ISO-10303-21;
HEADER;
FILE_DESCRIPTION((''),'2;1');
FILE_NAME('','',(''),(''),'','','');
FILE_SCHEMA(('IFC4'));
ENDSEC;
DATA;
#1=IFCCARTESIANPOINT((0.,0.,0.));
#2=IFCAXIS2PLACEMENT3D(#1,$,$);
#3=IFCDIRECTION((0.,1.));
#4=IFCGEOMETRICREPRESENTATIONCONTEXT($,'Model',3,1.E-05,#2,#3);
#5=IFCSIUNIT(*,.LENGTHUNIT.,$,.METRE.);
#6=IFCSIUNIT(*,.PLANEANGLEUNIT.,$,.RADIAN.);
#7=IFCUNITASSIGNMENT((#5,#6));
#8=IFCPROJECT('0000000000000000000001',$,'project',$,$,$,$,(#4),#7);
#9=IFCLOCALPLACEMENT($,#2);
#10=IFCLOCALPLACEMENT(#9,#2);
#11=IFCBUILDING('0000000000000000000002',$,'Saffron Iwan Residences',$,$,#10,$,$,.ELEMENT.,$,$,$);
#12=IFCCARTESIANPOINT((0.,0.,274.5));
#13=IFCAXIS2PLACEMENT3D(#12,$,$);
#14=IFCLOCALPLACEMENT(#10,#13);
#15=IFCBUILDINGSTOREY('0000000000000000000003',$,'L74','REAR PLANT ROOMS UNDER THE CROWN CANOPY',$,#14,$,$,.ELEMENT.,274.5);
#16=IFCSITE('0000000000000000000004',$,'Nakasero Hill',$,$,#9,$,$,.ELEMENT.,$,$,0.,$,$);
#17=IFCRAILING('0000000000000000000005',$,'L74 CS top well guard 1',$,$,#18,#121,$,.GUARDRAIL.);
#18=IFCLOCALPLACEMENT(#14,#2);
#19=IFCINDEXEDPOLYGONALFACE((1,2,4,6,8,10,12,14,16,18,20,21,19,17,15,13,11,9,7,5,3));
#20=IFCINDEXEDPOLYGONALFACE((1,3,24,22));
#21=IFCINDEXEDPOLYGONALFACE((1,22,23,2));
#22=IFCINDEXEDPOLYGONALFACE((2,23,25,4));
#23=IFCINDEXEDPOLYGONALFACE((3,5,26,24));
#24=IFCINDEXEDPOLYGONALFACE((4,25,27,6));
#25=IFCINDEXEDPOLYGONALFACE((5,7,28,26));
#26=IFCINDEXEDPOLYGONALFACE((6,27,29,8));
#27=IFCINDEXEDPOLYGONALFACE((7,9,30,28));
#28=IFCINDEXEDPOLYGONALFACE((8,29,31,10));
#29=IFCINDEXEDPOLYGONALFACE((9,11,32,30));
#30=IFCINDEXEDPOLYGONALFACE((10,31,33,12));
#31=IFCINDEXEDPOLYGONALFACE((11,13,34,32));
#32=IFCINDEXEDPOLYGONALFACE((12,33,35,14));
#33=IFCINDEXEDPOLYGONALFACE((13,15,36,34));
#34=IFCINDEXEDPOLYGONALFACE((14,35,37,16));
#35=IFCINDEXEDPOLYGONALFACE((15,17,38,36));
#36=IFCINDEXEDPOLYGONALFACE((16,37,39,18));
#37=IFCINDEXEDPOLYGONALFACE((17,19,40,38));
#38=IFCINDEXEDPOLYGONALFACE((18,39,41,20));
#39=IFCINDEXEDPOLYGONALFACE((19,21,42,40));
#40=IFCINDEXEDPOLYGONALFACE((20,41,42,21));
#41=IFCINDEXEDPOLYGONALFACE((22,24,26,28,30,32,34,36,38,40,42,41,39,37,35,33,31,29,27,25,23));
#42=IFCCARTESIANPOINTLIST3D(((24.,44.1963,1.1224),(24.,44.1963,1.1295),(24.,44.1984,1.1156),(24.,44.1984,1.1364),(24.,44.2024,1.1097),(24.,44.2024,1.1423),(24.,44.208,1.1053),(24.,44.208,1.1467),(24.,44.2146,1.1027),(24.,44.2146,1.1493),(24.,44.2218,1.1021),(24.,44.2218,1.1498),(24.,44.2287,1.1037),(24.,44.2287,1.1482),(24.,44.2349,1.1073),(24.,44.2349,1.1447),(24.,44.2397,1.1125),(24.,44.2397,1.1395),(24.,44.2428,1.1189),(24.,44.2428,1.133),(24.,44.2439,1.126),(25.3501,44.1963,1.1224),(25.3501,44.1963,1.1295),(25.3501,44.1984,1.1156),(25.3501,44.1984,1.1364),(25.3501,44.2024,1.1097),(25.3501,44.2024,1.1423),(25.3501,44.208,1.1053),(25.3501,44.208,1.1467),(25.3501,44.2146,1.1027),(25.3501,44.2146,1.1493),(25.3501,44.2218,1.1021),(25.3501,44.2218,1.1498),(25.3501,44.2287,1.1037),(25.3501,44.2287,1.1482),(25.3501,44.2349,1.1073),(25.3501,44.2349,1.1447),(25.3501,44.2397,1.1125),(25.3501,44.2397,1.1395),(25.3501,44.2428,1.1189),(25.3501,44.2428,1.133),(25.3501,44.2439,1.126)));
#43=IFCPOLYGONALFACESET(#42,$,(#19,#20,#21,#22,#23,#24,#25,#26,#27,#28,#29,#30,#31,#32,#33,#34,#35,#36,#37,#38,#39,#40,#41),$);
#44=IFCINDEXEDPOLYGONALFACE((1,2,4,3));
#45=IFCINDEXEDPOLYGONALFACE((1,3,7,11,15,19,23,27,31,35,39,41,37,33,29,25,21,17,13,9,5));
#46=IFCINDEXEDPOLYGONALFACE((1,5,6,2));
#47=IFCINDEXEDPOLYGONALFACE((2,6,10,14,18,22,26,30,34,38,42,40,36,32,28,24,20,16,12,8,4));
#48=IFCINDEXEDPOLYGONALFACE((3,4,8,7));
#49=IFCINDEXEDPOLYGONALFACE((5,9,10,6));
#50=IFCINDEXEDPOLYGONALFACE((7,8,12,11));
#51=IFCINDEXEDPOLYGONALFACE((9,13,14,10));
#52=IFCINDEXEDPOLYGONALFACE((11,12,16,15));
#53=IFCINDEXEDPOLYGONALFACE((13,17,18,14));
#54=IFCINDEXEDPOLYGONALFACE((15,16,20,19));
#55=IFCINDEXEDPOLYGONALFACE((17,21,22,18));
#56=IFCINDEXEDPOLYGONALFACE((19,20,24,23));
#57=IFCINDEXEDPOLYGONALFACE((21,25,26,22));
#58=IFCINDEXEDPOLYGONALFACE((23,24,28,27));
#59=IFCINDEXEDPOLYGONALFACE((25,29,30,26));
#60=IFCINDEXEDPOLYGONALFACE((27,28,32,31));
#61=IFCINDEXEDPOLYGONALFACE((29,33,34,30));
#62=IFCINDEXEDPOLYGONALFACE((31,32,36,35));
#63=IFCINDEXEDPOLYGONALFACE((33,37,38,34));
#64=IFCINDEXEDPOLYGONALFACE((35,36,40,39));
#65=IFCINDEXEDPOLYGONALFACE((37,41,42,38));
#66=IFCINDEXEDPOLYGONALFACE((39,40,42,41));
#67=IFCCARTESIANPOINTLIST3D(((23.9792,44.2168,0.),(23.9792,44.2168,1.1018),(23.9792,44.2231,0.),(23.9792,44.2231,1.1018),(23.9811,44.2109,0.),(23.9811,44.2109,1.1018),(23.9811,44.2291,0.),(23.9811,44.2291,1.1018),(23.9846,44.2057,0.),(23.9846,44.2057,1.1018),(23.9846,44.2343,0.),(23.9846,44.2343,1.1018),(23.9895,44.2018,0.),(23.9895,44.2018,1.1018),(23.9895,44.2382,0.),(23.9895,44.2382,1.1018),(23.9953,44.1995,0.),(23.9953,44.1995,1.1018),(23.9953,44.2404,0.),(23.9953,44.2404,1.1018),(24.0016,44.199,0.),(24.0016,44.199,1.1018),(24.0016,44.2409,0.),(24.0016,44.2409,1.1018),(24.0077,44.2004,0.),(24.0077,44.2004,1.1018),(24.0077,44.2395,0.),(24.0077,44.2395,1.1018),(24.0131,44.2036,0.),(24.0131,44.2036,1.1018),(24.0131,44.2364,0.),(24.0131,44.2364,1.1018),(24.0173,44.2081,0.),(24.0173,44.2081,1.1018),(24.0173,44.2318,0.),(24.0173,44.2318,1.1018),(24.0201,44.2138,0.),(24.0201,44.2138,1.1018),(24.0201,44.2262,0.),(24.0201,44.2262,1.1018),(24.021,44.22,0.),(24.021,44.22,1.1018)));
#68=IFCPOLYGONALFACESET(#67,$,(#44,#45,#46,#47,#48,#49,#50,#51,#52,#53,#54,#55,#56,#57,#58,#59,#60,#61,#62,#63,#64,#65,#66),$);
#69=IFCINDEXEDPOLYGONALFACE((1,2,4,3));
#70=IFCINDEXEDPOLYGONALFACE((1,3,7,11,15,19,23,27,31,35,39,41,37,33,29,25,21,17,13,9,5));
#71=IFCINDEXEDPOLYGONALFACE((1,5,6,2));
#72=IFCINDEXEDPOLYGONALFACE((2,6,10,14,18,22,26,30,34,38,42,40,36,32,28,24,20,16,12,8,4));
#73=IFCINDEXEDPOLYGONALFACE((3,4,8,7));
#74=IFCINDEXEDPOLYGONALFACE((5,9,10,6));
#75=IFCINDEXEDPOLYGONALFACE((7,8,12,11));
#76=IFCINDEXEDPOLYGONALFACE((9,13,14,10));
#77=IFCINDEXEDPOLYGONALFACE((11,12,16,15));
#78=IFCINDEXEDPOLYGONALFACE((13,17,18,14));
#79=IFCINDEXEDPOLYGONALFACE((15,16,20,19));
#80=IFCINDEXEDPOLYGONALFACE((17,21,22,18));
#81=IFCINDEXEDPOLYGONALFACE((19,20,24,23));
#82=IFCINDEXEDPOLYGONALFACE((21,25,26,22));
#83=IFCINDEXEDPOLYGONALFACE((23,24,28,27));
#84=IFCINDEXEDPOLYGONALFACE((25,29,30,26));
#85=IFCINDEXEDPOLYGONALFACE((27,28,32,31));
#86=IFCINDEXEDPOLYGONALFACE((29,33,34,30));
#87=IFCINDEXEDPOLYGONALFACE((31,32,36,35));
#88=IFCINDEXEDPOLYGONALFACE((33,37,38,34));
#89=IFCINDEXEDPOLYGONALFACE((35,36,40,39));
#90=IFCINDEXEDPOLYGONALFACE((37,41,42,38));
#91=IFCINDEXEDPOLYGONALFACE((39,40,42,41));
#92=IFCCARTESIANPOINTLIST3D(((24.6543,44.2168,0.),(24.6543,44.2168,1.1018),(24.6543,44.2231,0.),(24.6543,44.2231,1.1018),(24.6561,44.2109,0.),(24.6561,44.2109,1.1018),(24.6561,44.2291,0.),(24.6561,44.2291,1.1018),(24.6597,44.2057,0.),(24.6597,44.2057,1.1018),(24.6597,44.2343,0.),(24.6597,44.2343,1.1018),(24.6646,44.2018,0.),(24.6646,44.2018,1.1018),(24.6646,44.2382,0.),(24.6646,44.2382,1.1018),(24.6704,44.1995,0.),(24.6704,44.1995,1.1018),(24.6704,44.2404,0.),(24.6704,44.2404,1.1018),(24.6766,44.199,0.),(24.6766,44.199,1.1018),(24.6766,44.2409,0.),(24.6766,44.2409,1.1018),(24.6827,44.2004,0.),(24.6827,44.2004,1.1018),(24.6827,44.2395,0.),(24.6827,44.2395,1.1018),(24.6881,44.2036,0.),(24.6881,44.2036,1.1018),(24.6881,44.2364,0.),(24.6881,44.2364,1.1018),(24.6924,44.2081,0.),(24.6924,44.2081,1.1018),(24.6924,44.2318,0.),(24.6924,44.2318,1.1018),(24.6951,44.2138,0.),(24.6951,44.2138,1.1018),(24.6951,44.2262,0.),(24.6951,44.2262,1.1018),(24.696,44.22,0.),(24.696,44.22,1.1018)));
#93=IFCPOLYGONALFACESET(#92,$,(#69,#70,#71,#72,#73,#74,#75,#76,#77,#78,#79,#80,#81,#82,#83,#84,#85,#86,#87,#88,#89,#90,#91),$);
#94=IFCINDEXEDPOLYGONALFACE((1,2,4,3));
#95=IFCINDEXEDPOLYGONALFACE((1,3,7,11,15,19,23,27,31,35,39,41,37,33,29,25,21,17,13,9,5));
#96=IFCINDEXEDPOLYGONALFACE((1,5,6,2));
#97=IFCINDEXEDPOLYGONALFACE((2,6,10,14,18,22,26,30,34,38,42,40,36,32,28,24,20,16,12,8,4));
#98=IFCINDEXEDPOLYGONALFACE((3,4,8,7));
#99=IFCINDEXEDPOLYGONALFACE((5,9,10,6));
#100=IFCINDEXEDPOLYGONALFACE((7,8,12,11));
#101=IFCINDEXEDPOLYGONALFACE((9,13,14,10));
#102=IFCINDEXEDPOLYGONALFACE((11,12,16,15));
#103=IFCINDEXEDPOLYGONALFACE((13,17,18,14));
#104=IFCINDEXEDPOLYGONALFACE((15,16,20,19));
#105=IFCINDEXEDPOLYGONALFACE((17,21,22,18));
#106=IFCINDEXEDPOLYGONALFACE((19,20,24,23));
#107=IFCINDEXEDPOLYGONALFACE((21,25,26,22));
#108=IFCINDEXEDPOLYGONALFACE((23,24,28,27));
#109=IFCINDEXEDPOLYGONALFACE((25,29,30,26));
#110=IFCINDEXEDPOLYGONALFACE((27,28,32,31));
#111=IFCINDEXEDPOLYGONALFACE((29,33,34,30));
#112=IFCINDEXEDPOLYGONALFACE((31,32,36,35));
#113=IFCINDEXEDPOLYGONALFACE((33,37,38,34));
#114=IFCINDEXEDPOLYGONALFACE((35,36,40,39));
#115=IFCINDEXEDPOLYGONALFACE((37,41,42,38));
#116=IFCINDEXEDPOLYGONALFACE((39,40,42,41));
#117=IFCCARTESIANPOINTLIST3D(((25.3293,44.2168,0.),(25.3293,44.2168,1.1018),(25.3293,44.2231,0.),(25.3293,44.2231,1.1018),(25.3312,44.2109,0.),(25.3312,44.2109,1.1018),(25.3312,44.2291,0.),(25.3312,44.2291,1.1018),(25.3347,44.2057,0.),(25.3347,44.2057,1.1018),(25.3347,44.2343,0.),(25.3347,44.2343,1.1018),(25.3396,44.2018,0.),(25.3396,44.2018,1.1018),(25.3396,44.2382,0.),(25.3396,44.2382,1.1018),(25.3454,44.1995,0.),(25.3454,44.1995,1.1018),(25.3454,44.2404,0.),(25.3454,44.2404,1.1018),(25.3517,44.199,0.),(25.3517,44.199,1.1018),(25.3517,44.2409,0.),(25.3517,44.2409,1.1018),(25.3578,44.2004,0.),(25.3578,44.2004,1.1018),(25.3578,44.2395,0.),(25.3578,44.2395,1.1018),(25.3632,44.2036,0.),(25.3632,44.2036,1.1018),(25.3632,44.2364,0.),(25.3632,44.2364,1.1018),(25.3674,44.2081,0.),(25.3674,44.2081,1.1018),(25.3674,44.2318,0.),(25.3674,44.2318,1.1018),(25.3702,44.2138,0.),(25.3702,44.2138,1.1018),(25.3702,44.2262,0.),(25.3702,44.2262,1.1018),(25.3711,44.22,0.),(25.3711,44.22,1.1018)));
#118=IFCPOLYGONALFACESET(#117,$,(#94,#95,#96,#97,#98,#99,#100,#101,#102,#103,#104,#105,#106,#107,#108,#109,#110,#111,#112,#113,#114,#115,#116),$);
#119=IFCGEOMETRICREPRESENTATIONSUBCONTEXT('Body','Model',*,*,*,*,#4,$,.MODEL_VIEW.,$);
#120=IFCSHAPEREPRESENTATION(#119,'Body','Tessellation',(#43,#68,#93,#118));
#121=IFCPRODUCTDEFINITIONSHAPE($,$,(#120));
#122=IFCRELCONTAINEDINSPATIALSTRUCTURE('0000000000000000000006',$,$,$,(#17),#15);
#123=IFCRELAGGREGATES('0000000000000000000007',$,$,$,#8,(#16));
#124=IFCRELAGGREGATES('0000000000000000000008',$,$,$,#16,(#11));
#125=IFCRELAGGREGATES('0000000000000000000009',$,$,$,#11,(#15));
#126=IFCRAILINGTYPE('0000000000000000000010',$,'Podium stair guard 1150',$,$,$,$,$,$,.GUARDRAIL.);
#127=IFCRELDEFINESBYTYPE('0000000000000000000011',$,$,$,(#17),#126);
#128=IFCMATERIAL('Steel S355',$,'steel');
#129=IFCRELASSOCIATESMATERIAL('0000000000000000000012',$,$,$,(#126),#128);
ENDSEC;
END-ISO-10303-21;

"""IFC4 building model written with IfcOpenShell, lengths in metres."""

from ifc_helpers import new_model, si_unit, direction, frame, origin, origin_2d, place, context, subcontext, project, spatial, circle, extrude, material, type_object, element, save


model = new_model("IFC4")

# Units and contexts
model_context = context("Model", 3, precision=1e-05, world=origin(), true_north=direction((0.0, 1.0)))
body_context = subcontext(model_context, "Body", "Model", "MODEL_VIEW")
ifc_project = project(units=[si_unit("LENGTHUNIT", "METRE"), si_unit("PLANEANGLEUNIT", "RADIAN")], contexts=[model_context])

# Site, building, storey
site_placement = place(None, origin())
site = spatial("IfcSite", under=ifc_project, at=site_placement, Name="Nakasero Hill", CompositionType="ELEMENT", RefElevation=0.0)
building_placement = place(site_placement, origin())
building = spatial("IfcBuilding", under=site, at=building_placement, Name="Saffron Iwan Residences", CompositionType="ELEMENT")
storey_placement = place(building_placement, frame((0.0, 0.0, 274.5)))
storey = spatial("IfcBuildingStorey", under=building, at=storey_placement, Name="L74", Description="REAR PLANT ROOMS UNDER THE CROWN CANOPY", CompositionType="ELEMENT", Elevation=274.5)

# Railing
ifc_material_1 = material(Name="Steel S355", Category="steel")
railing_type_1 = type_object("IfcRailingType", Name="Podium stair guard 1150", PredefinedType="GUARDRAIL", material=ifc_material_1)
railing_1_placement = place(storey_placement, frame((24.0, 44.22, 0.0)))
element("IfcRailing", 1, at=railing_1_placement, inside=storey, type_object=railing_type_1, Name="L74 CS top well guard 1", PredefinedType="GUARDRAIL", context=body_context, shape_type="SweptSolid", body=[
    extrude(circle(Radius=0.0239, at=origin_2d()), frame((0.0, 0.0, 1.126), z_axis=(1.0, 0.0, 0.0), x_axis=(0.0, 1.0, 0.0)), (0.0, 0.0, 1.0), 1.3501),
    extrude(circle(Radius=0.021, at=origin_2d()), origin(), (0.0, 0.0, 1.0), 1.1018),
    extrude(circle(Radius=0.021, at=origin_2d()), frame((0.675, 0.0, 0.0)), (0.0, 0.0, 1.0), 1.1018),
    extrude(circle(Radius=0.021, at=origin_2d()), frame((1.3501, 0.0, 0.0)), (0.0, 0.0, 1.0), 1.1018),
])

save(model, "model.ifc")
